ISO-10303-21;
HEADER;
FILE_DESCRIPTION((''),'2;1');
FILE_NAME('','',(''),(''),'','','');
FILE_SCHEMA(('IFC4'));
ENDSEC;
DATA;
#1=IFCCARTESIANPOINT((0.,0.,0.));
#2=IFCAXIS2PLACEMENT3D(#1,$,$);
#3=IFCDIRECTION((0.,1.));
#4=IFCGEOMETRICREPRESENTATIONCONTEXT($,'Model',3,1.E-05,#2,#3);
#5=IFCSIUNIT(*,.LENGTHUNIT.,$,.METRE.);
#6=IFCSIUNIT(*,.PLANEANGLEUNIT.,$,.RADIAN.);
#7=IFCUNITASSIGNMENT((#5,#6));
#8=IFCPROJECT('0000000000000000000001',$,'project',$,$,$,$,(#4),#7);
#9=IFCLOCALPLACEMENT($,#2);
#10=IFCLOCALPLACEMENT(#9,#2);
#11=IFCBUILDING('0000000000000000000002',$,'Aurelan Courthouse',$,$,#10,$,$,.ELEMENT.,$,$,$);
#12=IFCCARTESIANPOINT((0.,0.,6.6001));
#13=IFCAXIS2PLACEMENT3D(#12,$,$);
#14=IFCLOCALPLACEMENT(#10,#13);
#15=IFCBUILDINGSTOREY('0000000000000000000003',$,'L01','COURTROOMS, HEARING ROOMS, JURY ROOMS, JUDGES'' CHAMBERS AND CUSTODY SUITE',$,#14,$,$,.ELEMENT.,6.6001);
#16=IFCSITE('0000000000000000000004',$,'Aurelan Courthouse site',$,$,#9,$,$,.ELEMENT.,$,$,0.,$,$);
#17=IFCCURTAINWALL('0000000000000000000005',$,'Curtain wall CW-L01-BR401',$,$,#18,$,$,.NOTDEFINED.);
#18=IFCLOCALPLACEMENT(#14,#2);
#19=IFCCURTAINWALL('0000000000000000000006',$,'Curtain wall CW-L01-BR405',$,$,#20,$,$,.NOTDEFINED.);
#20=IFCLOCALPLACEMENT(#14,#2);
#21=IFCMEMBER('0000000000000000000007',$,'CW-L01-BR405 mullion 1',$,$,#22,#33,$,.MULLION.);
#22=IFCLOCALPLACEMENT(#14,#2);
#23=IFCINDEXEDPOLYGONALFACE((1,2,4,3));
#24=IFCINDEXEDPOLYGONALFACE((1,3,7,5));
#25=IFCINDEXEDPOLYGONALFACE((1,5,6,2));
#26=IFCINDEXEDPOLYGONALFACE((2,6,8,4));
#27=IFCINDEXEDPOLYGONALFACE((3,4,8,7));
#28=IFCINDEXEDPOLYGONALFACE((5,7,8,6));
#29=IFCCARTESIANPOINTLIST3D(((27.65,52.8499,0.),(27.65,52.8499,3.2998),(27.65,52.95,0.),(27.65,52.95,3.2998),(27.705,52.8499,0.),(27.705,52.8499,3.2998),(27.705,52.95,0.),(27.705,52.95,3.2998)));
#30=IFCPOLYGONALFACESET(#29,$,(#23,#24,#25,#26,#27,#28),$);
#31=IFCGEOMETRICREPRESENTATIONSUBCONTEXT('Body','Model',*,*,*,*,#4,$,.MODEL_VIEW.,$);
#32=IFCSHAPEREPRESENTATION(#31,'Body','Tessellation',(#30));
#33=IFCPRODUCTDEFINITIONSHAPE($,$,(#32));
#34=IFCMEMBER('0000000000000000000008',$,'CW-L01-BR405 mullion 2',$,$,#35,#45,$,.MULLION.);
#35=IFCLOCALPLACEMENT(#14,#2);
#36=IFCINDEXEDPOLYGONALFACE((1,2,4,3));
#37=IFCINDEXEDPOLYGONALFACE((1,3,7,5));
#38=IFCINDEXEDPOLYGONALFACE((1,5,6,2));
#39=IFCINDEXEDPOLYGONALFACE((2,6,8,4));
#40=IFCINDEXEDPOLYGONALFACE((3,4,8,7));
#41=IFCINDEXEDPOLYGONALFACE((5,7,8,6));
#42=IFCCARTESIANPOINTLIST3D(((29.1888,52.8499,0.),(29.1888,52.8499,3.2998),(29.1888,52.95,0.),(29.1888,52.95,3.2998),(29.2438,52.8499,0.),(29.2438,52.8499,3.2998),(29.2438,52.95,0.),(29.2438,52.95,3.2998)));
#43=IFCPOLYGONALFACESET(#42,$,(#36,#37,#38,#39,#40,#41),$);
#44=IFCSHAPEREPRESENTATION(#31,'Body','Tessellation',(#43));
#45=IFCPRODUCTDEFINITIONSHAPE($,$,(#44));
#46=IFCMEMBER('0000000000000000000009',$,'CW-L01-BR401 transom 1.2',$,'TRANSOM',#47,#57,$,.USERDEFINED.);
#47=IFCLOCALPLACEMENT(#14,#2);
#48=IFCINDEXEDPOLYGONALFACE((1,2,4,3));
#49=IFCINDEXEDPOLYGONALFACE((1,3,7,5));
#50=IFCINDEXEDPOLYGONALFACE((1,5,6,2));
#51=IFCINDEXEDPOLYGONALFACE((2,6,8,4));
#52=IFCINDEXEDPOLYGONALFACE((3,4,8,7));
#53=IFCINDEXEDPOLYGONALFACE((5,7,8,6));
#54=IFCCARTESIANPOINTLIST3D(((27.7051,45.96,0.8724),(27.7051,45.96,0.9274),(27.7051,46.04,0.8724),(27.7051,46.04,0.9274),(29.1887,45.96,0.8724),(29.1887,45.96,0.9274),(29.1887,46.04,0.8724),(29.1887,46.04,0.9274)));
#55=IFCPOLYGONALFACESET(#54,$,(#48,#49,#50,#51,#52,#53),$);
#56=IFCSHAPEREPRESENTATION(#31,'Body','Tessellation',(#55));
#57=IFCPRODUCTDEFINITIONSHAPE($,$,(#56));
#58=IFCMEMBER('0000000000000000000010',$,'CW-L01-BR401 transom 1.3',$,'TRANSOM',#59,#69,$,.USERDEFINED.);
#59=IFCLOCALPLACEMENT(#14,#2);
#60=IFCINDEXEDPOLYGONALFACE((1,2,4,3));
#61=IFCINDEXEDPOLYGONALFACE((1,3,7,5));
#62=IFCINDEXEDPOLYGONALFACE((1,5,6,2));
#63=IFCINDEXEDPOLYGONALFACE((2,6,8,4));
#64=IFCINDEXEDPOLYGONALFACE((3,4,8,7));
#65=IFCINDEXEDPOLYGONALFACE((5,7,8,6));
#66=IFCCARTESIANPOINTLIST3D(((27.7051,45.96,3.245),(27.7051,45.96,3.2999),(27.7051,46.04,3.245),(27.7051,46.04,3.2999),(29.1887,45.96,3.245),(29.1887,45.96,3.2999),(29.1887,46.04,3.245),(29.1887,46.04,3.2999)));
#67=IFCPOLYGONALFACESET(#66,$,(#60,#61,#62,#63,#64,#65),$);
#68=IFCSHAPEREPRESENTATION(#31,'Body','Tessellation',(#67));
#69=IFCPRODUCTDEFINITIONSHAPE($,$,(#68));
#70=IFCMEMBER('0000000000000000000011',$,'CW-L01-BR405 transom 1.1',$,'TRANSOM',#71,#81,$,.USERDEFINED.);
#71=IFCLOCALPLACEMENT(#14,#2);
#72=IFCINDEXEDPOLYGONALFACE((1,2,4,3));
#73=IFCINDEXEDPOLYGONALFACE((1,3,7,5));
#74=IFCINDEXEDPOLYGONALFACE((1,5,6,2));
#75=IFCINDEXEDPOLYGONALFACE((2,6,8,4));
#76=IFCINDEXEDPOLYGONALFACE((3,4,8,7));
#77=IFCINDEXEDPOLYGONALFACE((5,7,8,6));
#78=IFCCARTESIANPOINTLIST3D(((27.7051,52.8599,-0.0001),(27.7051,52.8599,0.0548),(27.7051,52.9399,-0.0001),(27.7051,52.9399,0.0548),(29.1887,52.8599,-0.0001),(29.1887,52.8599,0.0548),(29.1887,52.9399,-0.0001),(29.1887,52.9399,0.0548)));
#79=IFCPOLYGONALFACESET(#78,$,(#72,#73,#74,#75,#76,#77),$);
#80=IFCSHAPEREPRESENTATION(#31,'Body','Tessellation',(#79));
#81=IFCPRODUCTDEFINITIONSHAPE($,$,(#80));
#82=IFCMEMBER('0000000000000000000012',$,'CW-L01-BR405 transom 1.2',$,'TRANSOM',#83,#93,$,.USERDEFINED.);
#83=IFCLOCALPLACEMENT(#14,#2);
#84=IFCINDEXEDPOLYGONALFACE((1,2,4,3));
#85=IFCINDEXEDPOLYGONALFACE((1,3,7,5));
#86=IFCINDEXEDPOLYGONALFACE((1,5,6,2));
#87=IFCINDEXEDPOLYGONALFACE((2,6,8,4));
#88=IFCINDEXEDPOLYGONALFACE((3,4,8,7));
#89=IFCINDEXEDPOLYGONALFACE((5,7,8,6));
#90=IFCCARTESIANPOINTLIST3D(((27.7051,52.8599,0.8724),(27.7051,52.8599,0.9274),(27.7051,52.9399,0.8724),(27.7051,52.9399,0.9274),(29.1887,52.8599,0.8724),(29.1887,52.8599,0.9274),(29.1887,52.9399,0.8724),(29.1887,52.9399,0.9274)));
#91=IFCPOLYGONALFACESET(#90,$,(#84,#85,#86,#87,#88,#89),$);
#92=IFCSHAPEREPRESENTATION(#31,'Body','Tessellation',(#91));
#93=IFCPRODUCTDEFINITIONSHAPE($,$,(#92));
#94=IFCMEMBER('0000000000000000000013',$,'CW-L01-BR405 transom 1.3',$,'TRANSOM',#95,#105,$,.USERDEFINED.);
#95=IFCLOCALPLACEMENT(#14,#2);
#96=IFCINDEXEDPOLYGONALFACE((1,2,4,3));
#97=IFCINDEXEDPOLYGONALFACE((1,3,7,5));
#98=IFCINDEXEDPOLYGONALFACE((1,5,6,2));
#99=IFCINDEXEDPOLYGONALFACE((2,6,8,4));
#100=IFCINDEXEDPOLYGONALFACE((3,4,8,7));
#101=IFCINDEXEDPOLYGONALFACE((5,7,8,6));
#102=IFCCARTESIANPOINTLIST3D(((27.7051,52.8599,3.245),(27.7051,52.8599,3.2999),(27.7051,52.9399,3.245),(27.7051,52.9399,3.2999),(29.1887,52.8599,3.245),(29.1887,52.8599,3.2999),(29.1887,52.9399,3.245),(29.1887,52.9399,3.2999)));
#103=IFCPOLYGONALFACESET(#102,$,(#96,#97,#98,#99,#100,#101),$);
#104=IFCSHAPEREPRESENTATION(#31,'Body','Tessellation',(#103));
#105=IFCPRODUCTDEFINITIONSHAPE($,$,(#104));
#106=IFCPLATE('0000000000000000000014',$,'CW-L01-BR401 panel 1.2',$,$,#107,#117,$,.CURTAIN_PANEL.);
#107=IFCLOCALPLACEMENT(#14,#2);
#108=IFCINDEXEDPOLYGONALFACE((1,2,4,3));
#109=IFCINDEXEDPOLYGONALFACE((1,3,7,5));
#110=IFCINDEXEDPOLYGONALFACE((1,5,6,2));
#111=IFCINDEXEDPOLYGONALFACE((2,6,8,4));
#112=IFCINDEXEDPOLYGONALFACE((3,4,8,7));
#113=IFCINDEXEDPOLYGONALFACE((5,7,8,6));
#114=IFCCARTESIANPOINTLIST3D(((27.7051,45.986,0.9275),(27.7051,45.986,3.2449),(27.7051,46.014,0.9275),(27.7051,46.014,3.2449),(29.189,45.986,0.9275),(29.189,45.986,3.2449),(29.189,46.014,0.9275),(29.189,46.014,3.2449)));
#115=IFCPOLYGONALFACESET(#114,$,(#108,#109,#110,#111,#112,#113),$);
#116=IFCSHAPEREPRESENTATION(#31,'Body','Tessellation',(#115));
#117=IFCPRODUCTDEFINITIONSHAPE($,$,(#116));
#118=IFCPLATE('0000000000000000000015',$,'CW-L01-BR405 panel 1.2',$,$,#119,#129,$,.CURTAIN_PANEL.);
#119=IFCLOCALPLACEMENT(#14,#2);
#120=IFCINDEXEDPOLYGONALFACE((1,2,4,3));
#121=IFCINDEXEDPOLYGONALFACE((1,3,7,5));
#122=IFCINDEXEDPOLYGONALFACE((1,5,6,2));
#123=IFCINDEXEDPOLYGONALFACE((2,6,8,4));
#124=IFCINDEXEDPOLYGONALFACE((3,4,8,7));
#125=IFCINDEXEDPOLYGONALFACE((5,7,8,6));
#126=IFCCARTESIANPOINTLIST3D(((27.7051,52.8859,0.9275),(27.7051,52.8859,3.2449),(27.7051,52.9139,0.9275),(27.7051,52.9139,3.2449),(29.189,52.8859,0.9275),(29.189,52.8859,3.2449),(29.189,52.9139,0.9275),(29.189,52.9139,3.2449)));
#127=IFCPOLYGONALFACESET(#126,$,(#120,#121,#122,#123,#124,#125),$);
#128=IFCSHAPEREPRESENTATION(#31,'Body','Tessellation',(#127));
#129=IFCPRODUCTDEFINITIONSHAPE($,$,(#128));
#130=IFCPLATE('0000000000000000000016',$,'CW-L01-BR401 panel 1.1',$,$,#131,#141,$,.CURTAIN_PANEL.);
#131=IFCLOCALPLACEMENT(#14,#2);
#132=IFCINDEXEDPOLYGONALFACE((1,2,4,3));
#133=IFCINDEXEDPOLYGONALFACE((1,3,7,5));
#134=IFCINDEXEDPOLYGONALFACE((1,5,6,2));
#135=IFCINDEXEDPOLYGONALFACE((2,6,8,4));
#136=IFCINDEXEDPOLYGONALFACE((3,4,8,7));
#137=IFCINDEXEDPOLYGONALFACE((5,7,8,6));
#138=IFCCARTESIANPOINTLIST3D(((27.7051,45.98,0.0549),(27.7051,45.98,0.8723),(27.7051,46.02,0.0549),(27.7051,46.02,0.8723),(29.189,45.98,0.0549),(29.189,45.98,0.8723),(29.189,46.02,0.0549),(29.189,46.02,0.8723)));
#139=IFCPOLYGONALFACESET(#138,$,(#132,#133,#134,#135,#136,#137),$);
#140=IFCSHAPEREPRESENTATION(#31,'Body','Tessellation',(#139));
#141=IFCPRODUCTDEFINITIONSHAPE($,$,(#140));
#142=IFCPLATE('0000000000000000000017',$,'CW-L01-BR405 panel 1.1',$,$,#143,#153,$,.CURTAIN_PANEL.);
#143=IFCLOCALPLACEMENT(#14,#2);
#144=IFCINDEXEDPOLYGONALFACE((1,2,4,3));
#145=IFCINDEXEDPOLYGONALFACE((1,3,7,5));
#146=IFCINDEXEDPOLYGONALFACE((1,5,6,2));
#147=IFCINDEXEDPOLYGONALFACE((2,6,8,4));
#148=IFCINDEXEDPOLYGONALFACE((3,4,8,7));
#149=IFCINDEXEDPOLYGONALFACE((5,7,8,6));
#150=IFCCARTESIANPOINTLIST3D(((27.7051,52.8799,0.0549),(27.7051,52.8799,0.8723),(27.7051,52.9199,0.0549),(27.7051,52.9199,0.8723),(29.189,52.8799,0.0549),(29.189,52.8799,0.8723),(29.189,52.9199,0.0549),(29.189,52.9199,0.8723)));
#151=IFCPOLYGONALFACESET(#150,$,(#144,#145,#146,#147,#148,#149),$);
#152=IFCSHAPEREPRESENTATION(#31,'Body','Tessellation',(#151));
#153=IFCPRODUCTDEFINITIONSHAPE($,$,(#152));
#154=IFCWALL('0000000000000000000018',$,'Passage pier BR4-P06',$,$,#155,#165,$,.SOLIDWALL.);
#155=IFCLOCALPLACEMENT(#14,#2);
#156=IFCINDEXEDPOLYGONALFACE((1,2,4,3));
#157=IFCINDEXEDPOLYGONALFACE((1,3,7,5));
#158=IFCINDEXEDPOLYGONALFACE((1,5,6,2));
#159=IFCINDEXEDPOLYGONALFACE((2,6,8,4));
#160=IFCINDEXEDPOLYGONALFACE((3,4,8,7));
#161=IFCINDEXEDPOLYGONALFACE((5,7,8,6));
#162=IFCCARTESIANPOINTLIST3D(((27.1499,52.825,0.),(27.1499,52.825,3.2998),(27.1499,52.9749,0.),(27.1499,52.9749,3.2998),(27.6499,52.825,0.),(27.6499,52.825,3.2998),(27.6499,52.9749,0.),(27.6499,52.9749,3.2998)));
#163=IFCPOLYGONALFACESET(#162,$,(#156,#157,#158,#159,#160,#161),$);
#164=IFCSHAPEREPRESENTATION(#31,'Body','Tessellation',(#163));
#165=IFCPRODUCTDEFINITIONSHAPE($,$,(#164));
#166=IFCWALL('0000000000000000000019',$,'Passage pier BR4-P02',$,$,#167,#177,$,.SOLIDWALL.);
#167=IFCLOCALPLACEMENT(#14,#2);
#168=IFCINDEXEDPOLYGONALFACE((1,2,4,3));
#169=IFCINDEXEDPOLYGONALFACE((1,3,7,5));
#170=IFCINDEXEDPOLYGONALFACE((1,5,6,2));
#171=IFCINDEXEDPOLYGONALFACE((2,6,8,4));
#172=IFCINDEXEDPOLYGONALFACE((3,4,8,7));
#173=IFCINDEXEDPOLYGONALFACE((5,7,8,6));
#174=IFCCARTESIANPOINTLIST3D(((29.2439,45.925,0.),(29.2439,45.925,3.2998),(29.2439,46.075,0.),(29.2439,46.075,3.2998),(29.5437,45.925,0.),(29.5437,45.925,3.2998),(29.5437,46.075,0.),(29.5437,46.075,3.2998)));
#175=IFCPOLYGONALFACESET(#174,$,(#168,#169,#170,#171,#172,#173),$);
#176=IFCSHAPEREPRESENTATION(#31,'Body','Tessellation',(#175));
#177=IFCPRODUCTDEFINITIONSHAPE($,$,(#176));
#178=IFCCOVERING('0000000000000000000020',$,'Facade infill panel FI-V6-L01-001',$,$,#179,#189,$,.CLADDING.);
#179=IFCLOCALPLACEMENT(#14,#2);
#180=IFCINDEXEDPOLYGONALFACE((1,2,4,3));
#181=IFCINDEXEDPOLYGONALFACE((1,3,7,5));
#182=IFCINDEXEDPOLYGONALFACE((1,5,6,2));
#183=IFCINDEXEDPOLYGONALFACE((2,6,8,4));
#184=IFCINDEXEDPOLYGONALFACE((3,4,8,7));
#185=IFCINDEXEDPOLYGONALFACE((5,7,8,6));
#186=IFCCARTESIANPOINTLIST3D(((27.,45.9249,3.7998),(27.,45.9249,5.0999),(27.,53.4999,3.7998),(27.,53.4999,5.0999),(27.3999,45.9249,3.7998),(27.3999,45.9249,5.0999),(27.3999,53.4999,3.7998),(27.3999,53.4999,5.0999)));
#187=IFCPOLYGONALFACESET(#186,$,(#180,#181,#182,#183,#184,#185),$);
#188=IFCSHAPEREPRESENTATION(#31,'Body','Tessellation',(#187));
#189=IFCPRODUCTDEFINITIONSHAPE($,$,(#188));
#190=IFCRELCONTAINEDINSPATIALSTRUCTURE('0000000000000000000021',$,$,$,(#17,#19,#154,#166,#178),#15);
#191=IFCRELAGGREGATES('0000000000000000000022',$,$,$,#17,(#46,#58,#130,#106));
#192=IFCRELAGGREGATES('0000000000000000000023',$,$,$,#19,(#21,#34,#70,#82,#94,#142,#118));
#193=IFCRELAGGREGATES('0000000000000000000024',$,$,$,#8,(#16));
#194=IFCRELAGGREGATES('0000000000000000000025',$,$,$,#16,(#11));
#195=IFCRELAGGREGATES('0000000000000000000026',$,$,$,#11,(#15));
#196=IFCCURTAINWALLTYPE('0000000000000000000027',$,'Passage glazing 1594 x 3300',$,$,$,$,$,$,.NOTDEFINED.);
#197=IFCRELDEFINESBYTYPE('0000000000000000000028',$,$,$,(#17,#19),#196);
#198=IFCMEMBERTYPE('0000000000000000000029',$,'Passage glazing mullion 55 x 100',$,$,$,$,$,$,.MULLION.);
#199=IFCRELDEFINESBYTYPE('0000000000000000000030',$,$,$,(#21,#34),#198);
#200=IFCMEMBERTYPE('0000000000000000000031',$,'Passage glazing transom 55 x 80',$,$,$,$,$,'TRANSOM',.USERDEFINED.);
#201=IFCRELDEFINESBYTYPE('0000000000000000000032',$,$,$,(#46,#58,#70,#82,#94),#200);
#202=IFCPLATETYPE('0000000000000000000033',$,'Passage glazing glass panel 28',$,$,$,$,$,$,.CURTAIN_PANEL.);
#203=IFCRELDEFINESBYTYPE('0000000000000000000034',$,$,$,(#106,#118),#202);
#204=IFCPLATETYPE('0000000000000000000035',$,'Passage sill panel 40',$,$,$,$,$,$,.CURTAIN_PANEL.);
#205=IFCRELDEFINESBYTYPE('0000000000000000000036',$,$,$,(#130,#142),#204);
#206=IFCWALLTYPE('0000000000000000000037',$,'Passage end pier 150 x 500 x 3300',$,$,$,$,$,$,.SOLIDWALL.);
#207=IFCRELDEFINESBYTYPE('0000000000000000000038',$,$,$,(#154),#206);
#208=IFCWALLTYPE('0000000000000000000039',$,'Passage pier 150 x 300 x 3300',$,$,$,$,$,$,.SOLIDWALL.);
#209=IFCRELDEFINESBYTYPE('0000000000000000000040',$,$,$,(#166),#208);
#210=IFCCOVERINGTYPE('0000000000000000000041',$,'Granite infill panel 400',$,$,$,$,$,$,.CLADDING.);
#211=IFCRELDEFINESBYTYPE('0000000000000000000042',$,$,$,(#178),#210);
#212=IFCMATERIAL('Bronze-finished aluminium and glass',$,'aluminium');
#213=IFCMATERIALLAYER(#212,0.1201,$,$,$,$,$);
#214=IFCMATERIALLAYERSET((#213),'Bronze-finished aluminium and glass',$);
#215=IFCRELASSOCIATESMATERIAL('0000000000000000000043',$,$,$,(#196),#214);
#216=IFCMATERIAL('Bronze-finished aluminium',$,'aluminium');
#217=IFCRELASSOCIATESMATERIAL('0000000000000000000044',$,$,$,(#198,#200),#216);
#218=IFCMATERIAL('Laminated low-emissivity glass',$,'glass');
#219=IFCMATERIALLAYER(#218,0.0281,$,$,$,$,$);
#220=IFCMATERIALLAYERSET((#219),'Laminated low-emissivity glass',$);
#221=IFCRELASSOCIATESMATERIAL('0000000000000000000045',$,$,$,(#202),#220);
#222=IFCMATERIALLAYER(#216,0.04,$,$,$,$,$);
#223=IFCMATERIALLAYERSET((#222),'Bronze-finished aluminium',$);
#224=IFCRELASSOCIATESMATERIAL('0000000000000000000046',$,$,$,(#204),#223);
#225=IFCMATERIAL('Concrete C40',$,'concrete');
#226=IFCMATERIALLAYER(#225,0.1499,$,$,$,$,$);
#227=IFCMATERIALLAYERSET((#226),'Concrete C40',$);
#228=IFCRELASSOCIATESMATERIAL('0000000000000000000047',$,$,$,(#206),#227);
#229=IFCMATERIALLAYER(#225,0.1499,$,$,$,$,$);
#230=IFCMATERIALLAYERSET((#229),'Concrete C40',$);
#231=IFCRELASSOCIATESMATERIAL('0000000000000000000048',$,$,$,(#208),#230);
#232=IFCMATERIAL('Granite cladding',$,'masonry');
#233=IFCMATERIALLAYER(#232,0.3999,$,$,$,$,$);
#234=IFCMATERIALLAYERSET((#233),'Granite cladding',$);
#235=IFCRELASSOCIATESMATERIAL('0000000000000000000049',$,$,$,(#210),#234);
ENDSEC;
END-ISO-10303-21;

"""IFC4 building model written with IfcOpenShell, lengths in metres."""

from ifc_helpers import new_model, si_unit, direction, frame, frame_2d, origin, origin_2d, place, context, subcontext, project, spatial, rectangle, extrude, material, layer, layer_set, material_profile, profile_set, type_object, element, aggregate, save


model = new_model("IFC4")

# Units and contexts
model_context = context("Model", 3, precision=1e-05, world=origin(), true_north=direction((0.0, 1.0)))
body_context = subcontext(model_context, "Body", "Model", "MODEL_VIEW")
ifc_project = project(units=[si_unit("LENGTHUNIT", "METRE"), si_unit("PLANEANGLEUNIT", "RADIAN")], contexts=[model_context])

# Site, building, storey
site_placement = place(None, origin())
site = spatial("IfcSite", under=ifc_project, at=site_placement, Name="Aurelan Courthouse site", CompositionType="ELEMENT", RefElevation=0.0)
building_placement = place(site_placement, origin())
building = spatial("IfcBuilding", under=site, at=building_placement, Name="Aurelan Courthouse", CompositionType="ELEMENT")
storey_placement = place(building_placement, frame((0.0, 0.0, 6.6001)))
storey = spatial("IfcBuildingStorey", under=building, at=storey_placement, Name="L01", Description="COURTROOMS, HEARING ROOMS, JURY ROOMS, JUDGES' CHAMBERS AND CUSTODY SUITE", CompositionType="ELEMENT", Elevation=6.6001)

# Curtain wall
ifc_material_1 = material(Name="Bronze-finished aluminium and glass", Category="aluminium")
ifc_layer_1 = layer(ifc_material_1, 0.1201)
ifc_layer_set_1 = layer_set([ifc_layer_1], Name="Bronze-finished aluminium and glass")
curtain_wall_type = type_object("IfcCurtainWallType", Name="Passage glazing 1594 x 3300", PredefinedType="NOTDEFINED", material=ifc_layer_set_1)
curtain_wall_1_placement = place(storey_placement, origin())
curtain_wall_1 = element("IfcCurtainWall", 1, at=curtain_wall_1_placement, inside=storey, type_object=curtain_wall_type, Name="Curtain wall CW-L01-BR401", PredefinedType="NOTDEFINED")
ifc_material_2 = material(Name="Bronze-finished aluminium", Category="aluminium")
ifc_material_profile_1 = material_profile(ifc_material_2, rectangle(XDim=0.1001, YDim=0.0549, at=origin_2d()), Name="Passage glazing mullion 55 x 100")
ifc_profile_set_1 = profile_set([ifc_material_profile_1], Name="Bronze-finished aluminium")
member_type_1 = type_object("IfcMemberType", Name="Passage glazing mullion 55 x 100", PredefinedType="MULLION", material=ifc_profile_set_1)

# Curtain wall, members
curtain_wall_2_placement = place(storey_placement, origin())
curtain_wall_2 = element("IfcCurtainWall", 2, at=curtain_wall_2_placement, inside=storey, type_object=curtain_wall_type, Name="Curtain wall CW-L01-BR405", PredefinedType="NOTDEFINED")
member_1_placement = place(storey_placement, frame((27.6775, 52.8999, 0.0), z_axis=(0.0, 0.0, 1.0), x_axis=(0.0, 1.0, 0.0)))
member_1 = element("IfcMember", 3, at=member_1_placement, type_object=member_type_1, Name="CW-L01-BR405 mullion 1", PredefinedType="MULLION", context=body_context, shape_type="SweptSolid", body=[
    extrude(rectangle(XDim=0.1001, YDim=0.0549, at=origin_2d()), origin(), (0.0, 0.0, 1.0), 3.2998),
])
member_2_placement = place(storey_placement, frame((29.2163, 52.8999, 0.0), z_axis=(0.0, 0.0, 1.0), x_axis=(0.0, 1.0, 0.0)))
member_2 = element("IfcMember", 4, at=member_2_placement, type_object=member_type_1, Name="CW-L01-BR405 mullion 2", PredefinedType="MULLION", context=body_context, shape_type="SweptSolid", body=[
    extrude(rectangle(XDim=0.1001, YDim=0.0549, at=origin_2d()), origin(), (0.0, 0.0, 1.0), 3.2998),
])

# Members
ifc_material_profile_2 = material_profile(ifc_material_2, rectangle(XDim=0.0801, YDim=0.0549, at=origin_2d()), Name="Passage glazing transom 55 x 80")
ifc_profile_set_2 = profile_set([ifc_material_profile_2], Name="Bronze-finished aluminium")
member_type_2 = type_object("IfcMemberType", Name="Passage glazing transom 55 x 80", ElementType="TRANSOM", PredefinedType="USERDEFINED", material=ifc_profile_set_2)
member_3_placement = place(storey_placement, frame((27.7051, 46.0, 0.8999), z_axis=(1.0, 0.0, 0.0), x_axis=(0.0, 1.0, 0.0)))
member_3 = element("IfcMember", 5, at=member_3_placement, type_object=member_type_2, Name="CW-L01-BR401 transom 1.2", ObjectType="TRANSOM", PredefinedType="USERDEFINED", context=body_context, shape_type="SweptSolid", body=[
    extrude(rectangle(XDim=0.0801, YDim=0.0549, at=origin_2d()), origin(), (0.0, 0.0, 1.0), 1.4836),
])
member_4_placement = place(storey_placement, frame((27.7051, 46.0, 3.2725), z_axis=(1.0, 0.0, 0.0), x_axis=(0.0, 1.0, 0.0)))
member_4 = element("IfcMember", 6, at=member_4_placement, type_object=member_type_2, Name="CW-L01-BR401 transom 1.3", ObjectType="TRANSOM", PredefinedType="USERDEFINED", context=body_context, shape_type="SweptSolid", body=[
    extrude(rectangle(XDim=0.0801, YDim=0.0549, at=origin_2d()), origin(), (0.0, 0.0, 1.0), 1.4836),
])
member_5_placement = place(storey_placement, frame((27.7051, 52.8999, 0.0273), z_axis=(1.0, 0.0, 0.0), x_axis=(0.0, 1.0, 0.0)))
member_5 = element("IfcMember", 7, at=member_5_placement, type_object=member_type_2, Name="CW-L01-BR405 transom 1.1", ObjectType="TRANSOM", PredefinedType="USERDEFINED", context=body_context, shape_type="SweptSolid", body=[
    extrude(rectangle(XDim=0.0801, YDim=0.0549, at=origin_2d()), origin(), (0.0, 0.0, 1.0), 1.4836),
])
member_6_placement = place(storey_placement, frame((27.7051, 52.8999, 0.8999), z_axis=(1.0, 0.0, 0.0), x_axis=(0.0, 1.0, 0.0)))
member_6 = element("IfcMember", 8, at=member_6_placement, type_object=member_type_2, Name="CW-L01-BR405 transom 1.2", ObjectType="TRANSOM", PredefinedType="USERDEFINED", context=body_context, shape_type="SweptSolid", body=[
    extrude(rectangle(XDim=0.0801, YDim=0.0549, at=origin_2d()), origin(), (0.0, 0.0, 1.0), 1.4836),
])
member_7_placement = place(storey_placement, frame((27.7051, 52.8999, 3.2725), z_axis=(1.0, 0.0, 0.0), x_axis=(0.0, 1.0, 0.0)))
member_7 = element("IfcMember", 9, at=member_7_placement, type_object=member_type_2, Name="CW-L01-BR405 transom 1.3", ObjectType="TRANSOM", PredefinedType="USERDEFINED", context=body_context, shape_type="SweptSolid", body=[
    extrude(rectangle(XDim=0.0801, YDim=0.0549, at=origin_2d()), origin(), (0.0, 0.0, 1.0), 1.4836),
])

# Plates
ifc_material_3 = material(Name="Laminated low-emissivity glass", Category="glass")
ifc_layer_2 = layer(ifc_material_3, 0.0281)
ifc_layer_set_2 = layer_set([ifc_layer_2], Name="Laminated low-emissivity glass")
plate_type_1 = type_object("IfcPlateType", Name="Passage glazing glass panel 28", PredefinedType="CURTAIN_PANEL", material=ifc_layer_set_2)
plate_1_placement = place(storey_placement, frame((28.447, 46.0, 0.9275), z_axis=(0.0, 0.0, 1.0), x_axis=(1.0, 0.0, 0.0)))
plate_1 = element("IfcPlate", 10, at=plate_1_placement, type_object=plate_type_1, Name="CW-L01-BR401 panel 1.2", PredefinedType="CURTAIN_PANEL", context=body_context, shape_type="SweptSolid", body=[
    extrude(rectangle(XDim=1.4839, YDim=0.0281, at=origin_2d()), origin(), (0.0, 0.0, 1.0), 2.3174),
])
plate_2_placement = place(storey_placement, frame((28.447, 52.8999, 0.9275), z_axis=(0.0, 0.0, 1.0), x_axis=(1.0, 0.0, 0.0)))
plate_2 = element("IfcPlate", 11, at=plate_2_placement, type_object=plate_type_1, Name="CW-L01-BR405 panel 1.2", PredefinedType="CURTAIN_PANEL", context=body_context, shape_type="SweptSolid", body=[
    extrude(rectangle(XDim=1.4839, YDim=0.0281, at=origin_2d()), origin(), (0.0, 0.0, 1.0), 2.3174),
])
ifc_layer_3 = layer(ifc_material_2, 0.04)
ifc_layer_set_3 = layer_set([ifc_layer_3], Name="Bronze-finished aluminium")
plate_type_2 = type_object("IfcPlateType", Name="Passage sill panel 40", PredefinedType="CURTAIN_PANEL", material=ifc_layer_set_3)
plate_3_placement = place(storey_placement, frame((28.447, 46.0, 0.0549), z_axis=(0.0, 0.0, 1.0), x_axis=(1.0, 0.0, 0.0)))
plate_3 = element("IfcPlate", 12, at=plate_3_placement, type_object=plate_type_2, Name="CW-L01-BR401 panel 1.1", PredefinedType="CURTAIN_PANEL", context=body_context, shape_type="SweptSolid", body=[
    extrude(rectangle(XDim=1.4839, YDim=0.04, at=origin_2d()), origin(), (0.0, 0.0, 1.0), 0.8174),
])
aggregate(curtain_wall_1, [member_3, member_4, plate_3, plate_1])
plate_4_placement = place(storey_placement, frame((28.447, 52.8999, 0.0549), z_axis=(0.0, 0.0, 1.0), x_axis=(1.0, 0.0, 0.0)))
plate_4 = element("IfcPlate", 13, at=plate_4_placement, type_object=plate_type_2, Name="CW-L01-BR405 panel 1.1", PredefinedType="CURTAIN_PANEL", context=body_context, shape_type="SweptSolid", body=[
    extrude(rectangle(XDim=1.4839, YDim=0.04, at=origin_2d()), origin(), (0.0, 0.0, 1.0), 0.8174),
])
aggregate(curtain_wall_2, [member_1, member_2, member_5, member_6, member_7, plate_4, plate_2])

# Walls
ifc_material_4 = material(Name="Concrete C40", Category="concrete")
ifc_layer_4 = layer(ifc_material_4, 0.1499)
ifc_layer_set_4 = layer_set([ifc_layer_4], Name="Concrete C40")
wall_type_1 = type_object("IfcWallType", Name="Passage end pier 150 x 500 x 3300", PredefinedType="SOLIDWALL", material=ifc_layer_set_4)
wall_1_placement = place(storey_placement, frame((27.1499, 52.8999, 0.0), z_axis=(0.0, 0.0, 1.0), x_axis=(1.0, 0.0, 0.0)))
element("IfcWall", 14, at=wall_1_placement, inside=storey, type_object=wall_type_1, Name="Passage pier BR4-P06", PredefinedType="SOLIDWALL", context=body_context, shape_type="SweptSolid", body=[
    extrude(rectangle(XDim=0.5, YDim=0.1499, at=frame_2d((0.25, 0.0))), origin(), (0.0, 0.0, 1.0), 3.2998),
])
ifc_layer_5 = layer(ifc_material_4, 0.1499)
ifc_layer_set_5 = layer_set([ifc_layer_5], Name="Concrete C40")
wall_type_2 = type_object("IfcWallType", Name="Passage pier 150 x 300 x 3300", PredefinedType="SOLIDWALL", material=ifc_layer_set_5)
wall_2_placement = place(storey_placement, frame((29.2439, 46.0, 0.0), z_axis=(0.0, 0.0, 1.0), x_axis=(1.0, 0.0, 0.0)))
element("IfcWall", 15, at=wall_2_placement, inside=storey, type_object=wall_type_2, Name="Passage pier BR4-P02", PredefinedType="SOLIDWALL", context=body_context, shape_type="SweptSolid", body=[
    extrude(rectangle(XDim=0.2998, YDim=0.1499, at=frame_2d((0.1499, 0.0))), origin(), (0.0, 0.0, 1.0), 3.2998),
])

# Covering
ifc_material_5 = material(Name="Granite cladding", Category="masonry")
ifc_layer_6 = layer(ifc_material_5, 0.3999)
ifc_layer_set_6 = layer_set([ifc_layer_6], Name="Granite cladding")
covering_type = type_object("IfcCoveringType", Name="Granite infill panel 400", PredefinedType="CLADDING", material=ifc_layer_set_6)
covering_placement = place(storey_placement, frame((27.2, 49.7124, 3.7998), z_axis=(0.0, 0.0, 1.0), x_axis=(1.0, 0.0, 0.0)))
element("IfcCovering", 16, at=covering_placement, inside=storey, type_object=covering_type, Name="Facade infill panel FI-V6-L01-001", PredefinedType="CLADDING", context=body_context, shape_type="SweptSolid", body=[
    extrude(rectangle(XDim=0.3999, YDim=7.575, at=origin_2d()), origin(), (0.0, 0.0, 1.0), 1.3),
])

save(model, "model.ifc")
